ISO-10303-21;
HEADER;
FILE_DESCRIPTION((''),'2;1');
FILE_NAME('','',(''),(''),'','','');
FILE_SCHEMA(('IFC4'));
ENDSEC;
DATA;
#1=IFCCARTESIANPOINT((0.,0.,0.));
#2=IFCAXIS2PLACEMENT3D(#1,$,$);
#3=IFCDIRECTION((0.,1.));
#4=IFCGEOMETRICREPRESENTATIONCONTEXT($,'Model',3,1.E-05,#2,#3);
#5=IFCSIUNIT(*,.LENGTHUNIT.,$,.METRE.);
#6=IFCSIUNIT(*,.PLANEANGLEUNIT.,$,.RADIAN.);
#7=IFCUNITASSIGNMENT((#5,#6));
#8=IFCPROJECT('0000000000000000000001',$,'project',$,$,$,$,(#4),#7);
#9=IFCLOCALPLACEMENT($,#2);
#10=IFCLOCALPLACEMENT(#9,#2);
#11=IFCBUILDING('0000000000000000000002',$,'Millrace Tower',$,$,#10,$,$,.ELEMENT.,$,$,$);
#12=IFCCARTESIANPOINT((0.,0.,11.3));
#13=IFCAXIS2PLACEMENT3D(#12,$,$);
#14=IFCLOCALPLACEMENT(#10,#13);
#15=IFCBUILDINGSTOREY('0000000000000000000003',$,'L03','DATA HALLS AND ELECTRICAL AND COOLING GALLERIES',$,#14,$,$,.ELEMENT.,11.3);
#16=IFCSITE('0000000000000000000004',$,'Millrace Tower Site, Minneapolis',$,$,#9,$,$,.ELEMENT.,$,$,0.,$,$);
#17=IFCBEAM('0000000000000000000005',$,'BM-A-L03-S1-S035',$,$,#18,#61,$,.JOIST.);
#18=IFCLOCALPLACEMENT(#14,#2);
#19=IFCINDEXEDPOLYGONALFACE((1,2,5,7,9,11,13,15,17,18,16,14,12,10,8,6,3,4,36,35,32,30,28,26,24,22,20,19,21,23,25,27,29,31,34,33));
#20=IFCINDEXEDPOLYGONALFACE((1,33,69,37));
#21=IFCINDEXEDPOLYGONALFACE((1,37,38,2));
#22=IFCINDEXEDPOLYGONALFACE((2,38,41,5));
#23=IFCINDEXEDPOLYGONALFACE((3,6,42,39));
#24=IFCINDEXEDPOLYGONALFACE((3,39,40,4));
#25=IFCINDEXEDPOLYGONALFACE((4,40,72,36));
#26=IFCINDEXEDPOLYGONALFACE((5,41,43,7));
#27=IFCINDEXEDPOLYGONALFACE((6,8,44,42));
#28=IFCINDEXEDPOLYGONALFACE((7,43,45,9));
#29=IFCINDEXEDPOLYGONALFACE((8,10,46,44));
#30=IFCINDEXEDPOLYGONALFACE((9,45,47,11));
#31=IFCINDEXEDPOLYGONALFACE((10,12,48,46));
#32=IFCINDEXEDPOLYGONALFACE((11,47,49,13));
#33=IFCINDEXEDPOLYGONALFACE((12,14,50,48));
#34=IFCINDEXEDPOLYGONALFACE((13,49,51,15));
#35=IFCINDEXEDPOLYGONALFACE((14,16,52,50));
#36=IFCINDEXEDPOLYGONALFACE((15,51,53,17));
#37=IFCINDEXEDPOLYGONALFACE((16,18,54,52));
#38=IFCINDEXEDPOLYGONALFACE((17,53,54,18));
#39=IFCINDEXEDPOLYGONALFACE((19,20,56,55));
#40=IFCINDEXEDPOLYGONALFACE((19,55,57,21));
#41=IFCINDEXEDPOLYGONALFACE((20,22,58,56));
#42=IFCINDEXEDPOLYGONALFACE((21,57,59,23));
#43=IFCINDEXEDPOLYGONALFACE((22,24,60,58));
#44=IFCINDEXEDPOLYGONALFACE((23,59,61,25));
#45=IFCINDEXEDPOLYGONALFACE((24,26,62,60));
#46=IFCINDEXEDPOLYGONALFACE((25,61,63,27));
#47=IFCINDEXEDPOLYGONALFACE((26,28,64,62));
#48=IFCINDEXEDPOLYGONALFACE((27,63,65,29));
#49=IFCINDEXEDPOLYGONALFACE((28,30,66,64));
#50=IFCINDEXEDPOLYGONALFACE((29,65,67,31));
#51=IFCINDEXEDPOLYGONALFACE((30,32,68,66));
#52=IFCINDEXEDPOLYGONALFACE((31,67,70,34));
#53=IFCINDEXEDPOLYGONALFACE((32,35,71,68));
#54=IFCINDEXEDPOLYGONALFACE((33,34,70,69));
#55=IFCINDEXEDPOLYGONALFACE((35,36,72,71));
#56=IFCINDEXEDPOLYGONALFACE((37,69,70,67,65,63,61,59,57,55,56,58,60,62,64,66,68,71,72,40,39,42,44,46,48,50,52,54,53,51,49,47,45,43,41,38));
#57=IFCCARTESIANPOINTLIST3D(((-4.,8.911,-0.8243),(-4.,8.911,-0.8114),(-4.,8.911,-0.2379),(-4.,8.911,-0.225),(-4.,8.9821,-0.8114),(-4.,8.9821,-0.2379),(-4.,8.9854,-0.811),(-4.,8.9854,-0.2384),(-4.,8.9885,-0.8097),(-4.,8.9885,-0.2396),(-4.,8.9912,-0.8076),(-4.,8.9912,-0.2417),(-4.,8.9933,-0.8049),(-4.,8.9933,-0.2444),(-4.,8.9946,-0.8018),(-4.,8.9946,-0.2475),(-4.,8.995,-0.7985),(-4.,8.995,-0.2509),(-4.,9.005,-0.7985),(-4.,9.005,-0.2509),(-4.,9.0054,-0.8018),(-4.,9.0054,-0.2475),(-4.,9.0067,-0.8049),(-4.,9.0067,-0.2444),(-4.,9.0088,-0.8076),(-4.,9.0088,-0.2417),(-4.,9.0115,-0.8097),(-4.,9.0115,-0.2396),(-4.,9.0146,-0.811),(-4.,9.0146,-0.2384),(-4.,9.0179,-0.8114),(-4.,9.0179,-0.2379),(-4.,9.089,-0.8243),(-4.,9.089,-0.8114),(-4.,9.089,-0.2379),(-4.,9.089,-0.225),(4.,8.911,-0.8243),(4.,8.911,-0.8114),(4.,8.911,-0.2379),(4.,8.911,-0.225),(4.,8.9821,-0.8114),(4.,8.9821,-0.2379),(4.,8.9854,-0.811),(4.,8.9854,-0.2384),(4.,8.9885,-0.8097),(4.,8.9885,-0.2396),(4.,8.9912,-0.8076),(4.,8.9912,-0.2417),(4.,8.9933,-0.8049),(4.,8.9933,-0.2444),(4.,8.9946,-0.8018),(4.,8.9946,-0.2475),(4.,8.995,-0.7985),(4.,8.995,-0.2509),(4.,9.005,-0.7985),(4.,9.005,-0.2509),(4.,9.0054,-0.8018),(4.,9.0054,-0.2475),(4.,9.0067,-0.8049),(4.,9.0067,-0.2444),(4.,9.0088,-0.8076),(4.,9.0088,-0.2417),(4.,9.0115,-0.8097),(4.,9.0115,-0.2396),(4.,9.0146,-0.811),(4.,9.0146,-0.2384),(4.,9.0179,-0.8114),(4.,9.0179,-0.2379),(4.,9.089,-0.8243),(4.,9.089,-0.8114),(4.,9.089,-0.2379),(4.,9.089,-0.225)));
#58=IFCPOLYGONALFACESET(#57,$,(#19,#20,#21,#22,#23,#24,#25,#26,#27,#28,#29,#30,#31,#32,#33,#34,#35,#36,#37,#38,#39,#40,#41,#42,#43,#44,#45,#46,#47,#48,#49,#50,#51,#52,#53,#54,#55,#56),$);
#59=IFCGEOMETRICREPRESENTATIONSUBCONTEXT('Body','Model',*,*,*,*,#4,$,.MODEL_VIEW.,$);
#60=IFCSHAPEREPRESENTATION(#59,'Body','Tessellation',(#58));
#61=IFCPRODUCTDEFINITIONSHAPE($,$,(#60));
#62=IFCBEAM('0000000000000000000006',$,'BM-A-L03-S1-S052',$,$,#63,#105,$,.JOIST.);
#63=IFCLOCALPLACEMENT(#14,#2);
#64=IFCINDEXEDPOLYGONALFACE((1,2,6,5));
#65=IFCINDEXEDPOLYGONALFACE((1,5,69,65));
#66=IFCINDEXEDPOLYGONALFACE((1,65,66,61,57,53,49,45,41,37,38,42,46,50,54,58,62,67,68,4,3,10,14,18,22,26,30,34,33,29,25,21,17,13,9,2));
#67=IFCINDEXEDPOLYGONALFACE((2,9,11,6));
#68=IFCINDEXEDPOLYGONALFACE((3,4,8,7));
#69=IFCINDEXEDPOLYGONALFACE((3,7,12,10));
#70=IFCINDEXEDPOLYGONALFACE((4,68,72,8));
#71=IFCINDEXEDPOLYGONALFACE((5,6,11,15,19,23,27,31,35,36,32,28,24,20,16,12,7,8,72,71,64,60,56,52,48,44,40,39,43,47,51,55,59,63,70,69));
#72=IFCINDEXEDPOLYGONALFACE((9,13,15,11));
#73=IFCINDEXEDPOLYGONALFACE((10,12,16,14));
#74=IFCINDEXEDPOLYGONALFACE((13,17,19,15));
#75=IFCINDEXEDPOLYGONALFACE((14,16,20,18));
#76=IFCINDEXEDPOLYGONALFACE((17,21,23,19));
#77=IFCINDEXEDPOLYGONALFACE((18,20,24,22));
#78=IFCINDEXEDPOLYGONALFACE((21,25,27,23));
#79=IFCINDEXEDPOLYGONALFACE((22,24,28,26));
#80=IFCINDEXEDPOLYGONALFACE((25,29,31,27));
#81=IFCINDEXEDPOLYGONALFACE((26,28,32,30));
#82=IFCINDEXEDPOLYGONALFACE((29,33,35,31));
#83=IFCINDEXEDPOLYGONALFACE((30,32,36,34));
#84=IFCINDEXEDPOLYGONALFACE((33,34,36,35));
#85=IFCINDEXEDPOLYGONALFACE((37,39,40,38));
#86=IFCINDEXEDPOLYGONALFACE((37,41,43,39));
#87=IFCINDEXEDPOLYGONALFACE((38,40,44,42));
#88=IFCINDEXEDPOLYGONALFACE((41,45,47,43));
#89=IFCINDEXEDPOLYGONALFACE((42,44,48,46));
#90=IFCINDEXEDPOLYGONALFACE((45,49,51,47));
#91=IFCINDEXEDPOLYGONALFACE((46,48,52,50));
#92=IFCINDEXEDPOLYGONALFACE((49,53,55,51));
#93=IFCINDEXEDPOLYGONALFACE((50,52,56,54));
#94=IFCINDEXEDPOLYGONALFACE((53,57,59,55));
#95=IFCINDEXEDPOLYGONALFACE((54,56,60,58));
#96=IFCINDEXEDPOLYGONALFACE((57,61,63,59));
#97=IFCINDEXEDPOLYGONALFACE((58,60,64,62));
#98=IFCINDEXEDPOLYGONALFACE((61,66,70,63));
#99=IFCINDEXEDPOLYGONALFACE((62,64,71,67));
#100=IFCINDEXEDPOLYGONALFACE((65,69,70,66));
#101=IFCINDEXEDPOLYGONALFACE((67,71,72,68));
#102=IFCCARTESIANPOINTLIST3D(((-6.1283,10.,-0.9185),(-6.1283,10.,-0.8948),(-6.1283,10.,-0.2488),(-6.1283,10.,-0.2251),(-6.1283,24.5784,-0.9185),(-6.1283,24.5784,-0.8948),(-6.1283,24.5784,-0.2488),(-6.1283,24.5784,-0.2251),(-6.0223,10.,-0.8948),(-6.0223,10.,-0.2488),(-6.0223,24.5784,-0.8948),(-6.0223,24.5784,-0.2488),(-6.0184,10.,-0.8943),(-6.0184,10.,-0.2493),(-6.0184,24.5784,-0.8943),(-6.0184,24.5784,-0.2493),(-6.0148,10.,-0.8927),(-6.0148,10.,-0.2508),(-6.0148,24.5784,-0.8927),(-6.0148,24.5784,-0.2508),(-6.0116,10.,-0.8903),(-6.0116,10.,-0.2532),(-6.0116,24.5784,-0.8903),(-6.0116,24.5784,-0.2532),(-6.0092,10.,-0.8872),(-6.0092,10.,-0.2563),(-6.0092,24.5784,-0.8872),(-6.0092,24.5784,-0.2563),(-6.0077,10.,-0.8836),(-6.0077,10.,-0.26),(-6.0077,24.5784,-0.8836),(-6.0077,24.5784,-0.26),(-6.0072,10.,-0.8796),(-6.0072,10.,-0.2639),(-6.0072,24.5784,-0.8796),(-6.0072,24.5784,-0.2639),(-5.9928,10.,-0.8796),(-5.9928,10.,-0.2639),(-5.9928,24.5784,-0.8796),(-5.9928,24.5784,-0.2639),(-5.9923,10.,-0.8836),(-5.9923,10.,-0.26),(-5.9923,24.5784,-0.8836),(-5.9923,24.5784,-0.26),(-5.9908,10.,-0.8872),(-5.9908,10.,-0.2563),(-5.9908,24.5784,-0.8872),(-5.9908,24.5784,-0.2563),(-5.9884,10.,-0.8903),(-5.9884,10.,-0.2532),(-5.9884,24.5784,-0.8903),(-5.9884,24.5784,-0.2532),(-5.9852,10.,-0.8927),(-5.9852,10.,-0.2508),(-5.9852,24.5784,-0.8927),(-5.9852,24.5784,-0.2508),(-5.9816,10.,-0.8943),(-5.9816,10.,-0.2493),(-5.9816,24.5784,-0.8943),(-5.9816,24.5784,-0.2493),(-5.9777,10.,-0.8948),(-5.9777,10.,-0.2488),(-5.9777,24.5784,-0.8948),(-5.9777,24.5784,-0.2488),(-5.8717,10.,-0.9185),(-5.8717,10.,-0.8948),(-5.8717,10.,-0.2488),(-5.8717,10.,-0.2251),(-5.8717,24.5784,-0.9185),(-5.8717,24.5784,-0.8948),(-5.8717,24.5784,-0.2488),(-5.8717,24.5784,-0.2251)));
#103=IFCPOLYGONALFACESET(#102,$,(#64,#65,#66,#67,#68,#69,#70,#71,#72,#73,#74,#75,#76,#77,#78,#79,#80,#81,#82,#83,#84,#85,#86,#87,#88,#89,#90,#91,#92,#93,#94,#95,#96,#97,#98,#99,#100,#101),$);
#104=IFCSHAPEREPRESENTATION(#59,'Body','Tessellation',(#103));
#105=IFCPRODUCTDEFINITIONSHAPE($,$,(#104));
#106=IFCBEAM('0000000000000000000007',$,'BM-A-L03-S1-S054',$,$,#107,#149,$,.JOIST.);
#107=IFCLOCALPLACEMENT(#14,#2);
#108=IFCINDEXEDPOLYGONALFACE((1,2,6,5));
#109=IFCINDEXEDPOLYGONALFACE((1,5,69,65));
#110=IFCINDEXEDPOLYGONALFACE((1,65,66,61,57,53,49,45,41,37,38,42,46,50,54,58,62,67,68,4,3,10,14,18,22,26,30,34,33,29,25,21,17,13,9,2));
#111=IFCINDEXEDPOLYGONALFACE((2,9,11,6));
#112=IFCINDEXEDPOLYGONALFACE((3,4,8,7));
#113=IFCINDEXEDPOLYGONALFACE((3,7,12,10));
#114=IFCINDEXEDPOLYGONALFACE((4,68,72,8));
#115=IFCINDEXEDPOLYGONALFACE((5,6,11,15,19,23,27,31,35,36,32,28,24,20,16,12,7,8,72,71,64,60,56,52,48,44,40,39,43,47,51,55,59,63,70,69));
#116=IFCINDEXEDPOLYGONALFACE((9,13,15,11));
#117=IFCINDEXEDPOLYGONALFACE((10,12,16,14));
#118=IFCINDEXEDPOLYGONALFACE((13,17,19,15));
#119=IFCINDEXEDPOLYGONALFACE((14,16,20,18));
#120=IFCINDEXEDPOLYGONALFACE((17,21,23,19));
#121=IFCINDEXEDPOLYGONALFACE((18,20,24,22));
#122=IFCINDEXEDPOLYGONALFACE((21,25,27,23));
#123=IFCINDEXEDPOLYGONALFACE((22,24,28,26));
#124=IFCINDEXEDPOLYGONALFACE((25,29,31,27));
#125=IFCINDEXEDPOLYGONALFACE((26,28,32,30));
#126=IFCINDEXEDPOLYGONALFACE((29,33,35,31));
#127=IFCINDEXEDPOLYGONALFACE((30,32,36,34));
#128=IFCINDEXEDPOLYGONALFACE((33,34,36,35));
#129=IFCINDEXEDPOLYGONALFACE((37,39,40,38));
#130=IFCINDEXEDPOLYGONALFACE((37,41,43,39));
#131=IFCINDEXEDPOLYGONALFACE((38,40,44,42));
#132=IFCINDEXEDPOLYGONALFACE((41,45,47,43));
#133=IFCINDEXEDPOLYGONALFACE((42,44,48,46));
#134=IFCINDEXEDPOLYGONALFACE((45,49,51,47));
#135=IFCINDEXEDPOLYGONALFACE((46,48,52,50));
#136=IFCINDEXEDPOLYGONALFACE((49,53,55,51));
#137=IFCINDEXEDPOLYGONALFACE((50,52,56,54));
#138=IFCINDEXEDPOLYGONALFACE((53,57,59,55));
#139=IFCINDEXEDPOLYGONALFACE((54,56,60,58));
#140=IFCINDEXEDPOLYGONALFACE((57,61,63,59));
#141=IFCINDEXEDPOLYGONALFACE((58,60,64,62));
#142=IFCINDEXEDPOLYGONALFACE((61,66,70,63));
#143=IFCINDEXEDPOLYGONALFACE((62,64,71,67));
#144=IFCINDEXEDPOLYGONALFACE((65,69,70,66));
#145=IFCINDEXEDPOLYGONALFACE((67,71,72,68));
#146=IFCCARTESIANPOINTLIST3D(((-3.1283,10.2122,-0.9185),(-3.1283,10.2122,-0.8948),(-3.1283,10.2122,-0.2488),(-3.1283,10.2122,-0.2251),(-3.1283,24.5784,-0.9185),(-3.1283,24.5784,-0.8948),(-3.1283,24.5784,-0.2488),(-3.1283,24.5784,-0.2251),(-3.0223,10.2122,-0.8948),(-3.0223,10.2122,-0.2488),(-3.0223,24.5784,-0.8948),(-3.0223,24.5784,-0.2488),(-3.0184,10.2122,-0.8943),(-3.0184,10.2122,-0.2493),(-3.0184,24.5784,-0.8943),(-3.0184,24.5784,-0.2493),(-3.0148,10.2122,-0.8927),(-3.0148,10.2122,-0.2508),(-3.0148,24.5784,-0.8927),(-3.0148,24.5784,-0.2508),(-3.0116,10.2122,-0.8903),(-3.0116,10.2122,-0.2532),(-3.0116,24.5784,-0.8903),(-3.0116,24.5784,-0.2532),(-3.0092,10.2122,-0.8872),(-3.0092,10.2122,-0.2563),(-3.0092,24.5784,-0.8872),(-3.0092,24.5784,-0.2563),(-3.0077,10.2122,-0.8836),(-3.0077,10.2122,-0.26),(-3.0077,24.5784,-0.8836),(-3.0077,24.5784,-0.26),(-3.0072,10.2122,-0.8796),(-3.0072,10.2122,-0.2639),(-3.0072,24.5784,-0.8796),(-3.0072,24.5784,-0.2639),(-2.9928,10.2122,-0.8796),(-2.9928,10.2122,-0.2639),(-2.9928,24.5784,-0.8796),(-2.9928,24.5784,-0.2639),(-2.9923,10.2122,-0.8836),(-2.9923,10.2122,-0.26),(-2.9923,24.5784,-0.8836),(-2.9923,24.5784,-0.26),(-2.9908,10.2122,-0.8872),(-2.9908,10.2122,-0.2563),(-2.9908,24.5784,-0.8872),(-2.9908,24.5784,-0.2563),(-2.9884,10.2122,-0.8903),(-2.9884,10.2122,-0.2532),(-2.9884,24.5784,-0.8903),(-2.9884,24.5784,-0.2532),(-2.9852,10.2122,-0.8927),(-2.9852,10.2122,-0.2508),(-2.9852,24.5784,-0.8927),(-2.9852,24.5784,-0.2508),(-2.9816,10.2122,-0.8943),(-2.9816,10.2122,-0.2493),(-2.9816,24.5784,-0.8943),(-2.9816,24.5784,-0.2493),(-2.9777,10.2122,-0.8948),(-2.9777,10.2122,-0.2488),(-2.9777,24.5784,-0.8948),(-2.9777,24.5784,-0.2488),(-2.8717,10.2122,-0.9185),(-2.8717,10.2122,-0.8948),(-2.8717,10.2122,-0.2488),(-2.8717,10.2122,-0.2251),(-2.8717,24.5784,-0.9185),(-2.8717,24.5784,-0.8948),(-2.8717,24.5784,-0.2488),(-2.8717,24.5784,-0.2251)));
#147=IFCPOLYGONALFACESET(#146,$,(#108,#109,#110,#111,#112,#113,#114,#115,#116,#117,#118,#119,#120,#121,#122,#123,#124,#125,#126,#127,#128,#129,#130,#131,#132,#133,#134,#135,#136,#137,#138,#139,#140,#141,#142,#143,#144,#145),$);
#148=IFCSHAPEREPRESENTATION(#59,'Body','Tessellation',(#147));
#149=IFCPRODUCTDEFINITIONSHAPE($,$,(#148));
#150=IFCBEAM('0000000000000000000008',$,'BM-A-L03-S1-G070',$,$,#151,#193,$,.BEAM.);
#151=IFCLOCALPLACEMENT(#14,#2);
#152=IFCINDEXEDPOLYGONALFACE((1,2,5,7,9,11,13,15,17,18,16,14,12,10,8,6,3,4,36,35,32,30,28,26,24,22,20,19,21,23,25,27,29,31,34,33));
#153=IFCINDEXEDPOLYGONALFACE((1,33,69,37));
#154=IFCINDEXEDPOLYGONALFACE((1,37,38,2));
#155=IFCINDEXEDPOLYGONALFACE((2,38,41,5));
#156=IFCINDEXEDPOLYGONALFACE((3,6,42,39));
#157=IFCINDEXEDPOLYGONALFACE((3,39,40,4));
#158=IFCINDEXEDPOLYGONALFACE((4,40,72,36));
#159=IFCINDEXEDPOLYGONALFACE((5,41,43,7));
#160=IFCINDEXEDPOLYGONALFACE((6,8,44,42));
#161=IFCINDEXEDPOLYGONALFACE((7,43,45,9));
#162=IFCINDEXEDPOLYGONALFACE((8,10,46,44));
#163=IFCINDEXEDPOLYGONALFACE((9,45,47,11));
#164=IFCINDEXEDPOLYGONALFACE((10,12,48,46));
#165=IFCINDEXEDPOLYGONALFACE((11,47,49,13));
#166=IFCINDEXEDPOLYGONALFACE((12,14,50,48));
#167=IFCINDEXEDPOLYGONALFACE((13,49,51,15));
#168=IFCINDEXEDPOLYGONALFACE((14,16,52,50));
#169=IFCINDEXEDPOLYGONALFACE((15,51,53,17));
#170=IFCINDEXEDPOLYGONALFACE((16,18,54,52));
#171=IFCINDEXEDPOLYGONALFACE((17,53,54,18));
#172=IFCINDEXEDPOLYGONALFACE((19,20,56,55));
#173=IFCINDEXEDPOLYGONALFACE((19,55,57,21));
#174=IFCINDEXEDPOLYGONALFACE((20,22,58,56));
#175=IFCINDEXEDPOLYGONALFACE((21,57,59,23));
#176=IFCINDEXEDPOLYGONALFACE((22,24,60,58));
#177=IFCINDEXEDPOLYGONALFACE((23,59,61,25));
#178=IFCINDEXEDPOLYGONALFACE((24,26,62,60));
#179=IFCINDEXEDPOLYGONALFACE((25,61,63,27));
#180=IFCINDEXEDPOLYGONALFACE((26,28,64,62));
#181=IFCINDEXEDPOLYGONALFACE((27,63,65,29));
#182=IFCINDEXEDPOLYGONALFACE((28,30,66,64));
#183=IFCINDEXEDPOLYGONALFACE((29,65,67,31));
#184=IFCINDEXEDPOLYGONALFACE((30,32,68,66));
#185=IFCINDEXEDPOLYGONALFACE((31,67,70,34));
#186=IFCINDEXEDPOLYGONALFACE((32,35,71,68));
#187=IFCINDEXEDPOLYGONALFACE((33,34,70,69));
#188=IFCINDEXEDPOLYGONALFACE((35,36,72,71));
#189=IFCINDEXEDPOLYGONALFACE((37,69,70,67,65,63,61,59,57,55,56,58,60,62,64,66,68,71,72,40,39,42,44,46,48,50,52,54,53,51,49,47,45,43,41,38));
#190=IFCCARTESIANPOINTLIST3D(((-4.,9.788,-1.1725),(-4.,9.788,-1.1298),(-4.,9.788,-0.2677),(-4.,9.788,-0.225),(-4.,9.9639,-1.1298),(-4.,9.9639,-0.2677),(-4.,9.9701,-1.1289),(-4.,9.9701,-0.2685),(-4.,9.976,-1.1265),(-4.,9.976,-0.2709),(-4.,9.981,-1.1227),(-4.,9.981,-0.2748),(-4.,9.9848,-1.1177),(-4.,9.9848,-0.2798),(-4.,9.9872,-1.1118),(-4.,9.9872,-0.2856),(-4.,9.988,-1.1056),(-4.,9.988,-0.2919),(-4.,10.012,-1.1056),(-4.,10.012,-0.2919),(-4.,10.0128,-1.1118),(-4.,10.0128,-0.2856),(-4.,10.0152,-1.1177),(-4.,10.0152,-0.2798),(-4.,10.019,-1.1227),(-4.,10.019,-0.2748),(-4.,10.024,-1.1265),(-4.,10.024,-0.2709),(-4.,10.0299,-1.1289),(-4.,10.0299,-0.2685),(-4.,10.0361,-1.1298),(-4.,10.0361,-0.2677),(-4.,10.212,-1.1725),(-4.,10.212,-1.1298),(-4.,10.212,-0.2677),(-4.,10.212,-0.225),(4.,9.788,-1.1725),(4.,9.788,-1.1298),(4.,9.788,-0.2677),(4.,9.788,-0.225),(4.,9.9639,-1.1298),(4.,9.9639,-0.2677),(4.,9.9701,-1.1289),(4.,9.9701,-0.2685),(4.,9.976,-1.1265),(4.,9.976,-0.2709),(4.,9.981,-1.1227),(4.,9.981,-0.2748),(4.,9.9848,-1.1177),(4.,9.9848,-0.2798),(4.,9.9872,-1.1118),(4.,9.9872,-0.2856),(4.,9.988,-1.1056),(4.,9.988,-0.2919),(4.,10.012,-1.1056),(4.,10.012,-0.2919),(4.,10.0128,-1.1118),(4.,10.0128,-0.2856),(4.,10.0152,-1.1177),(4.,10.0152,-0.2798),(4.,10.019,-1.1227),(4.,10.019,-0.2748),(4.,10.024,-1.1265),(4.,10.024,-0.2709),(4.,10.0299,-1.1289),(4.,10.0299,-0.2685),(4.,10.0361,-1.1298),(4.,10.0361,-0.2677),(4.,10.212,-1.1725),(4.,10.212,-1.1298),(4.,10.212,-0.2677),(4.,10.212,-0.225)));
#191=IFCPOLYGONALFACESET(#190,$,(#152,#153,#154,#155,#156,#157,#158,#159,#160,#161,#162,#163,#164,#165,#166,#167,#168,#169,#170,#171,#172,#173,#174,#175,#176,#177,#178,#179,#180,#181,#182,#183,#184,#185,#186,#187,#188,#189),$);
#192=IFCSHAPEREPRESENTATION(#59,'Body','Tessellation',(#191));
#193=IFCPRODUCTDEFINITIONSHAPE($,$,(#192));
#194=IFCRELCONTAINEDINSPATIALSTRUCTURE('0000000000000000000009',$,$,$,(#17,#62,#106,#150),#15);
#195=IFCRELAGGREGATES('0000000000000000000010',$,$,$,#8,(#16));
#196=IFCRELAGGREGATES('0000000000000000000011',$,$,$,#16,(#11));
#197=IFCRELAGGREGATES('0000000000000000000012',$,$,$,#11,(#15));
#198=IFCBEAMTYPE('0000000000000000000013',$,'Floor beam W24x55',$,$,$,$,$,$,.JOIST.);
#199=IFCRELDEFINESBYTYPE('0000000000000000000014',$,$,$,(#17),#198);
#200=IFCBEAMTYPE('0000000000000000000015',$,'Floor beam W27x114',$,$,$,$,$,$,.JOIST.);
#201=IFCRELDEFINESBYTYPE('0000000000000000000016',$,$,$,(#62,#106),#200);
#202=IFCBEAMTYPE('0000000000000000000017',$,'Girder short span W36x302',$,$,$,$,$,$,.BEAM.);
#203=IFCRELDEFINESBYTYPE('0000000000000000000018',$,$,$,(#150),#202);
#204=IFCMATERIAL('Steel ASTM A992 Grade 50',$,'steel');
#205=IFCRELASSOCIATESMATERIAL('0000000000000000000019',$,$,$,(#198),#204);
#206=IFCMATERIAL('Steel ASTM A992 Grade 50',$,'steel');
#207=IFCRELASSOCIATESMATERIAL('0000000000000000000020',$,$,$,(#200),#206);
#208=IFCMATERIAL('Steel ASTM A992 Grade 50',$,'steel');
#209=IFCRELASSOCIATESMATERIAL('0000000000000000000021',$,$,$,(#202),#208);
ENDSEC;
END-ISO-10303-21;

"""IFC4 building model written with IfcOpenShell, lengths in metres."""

from ifc_helpers import new_model, si_unit, direction, frame, origin, origin_2d, place, context, subcontext, project, spatial, i_section, extrude, material, material_profile, profile_set, type_object, element, save


model = new_model("IFC4")

# Units and contexts
model_context = context("Model", 3, precision=1e-05, world=origin(), true_north=direction((0.0, 1.0)))
body_context = subcontext(model_context, "Body", "Model", "MODEL_VIEW")
ifc_project = project(units=[si_unit("LENGTHUNIT", "METRE"), si_unit("PLANEANGLEUNIT", "RADIAN")], contexts=[model_context])

# Site, building, storey
site_placement = place(None, origin())
site = spatial("IfcSite", under=ifc_project, at=site_placement, Name="Millrace Tower Site, Minneapolis", CompositionType="ELEMENT", RefElevation=0.0)
building_placement = place(site_placement, origin())
building = spatial("IfcBuilding", under=site, at=building_placement, Name="Millrace Tower", CompositionType="ELEMENT")
storey_placement = place(building_placement, frame((0.0, 0.0, 11.3)))
storey = spatial("IfcBuildingStorey", under=building, at=storey_placement, Name="L03", Description="DATA HALLS AND ELECTRICAL AND COOLING GALLERIES", CompositionType="ELEMENT", Elevation=11.3)

# Beams
ifc_material_1 = material(Name="Steel ASTM A992 Grade 50", Category="steel")
ifc_material_profile_1 = material_profile(ifc_material_1, i_section(OverallWidth=0.178, OverallDepth=0.5994, WebThickness=0.01, FlangeThickness=0.0129, FilletRadius=0.0129, at=origin_2d()))
ifc_profile_set_1 = profile_set([ifc_material_profile_1], Name="Steel ASTM A992 Grade 50")
beam_type_1 = type_object("IfcBeamType", Name="Floor beam W24x55", PredefinedType="JOIST", material=ifc_profile_set_1)
for number, where, z_axis, x_axis, name in (
    (1, (-4.0, 9.0, -0.5247), (1.0, 0.0, 0.0), (0.0, 1.0, 0.0), "BM-A-L03-S1-S035"),
):
    element("IfcBeam", number, at=place(storey_placement, frame(where, z_axis=z_axis, x_axis=x_axis)), inside=storey, type_object=beam_type_1, Name=name, PredefinedType="JOIST", context=body_context, shape_type="SweptSolid", body=[
        extrude(i_section(OverallWidth=0.178, OverallDepth=0.5994, WebThickness=0.01, FlangeThickness=0.0129, FilletRadius=0.0129, at=origin_2d()), origin(), (0.0, 0.0, 1.0), 8.0),
    ])
ifc_material_2 = material(Name="Steel ASTM A992 Grade 50", Category="steel")
ifc_material_profile_2 = material_profile(ifc_material_2, i_section(OverallWidth=0.2566, OverallDepth=0.6934, WebThickness=0.0144, FlangeThickness=0.0237, FilletRadius=0.0151, at=origin_2d()))
ifc_profile_set_2 = profile_set([ifc_material_profile_2], Name="Steel ASTM A992 Grade 50")
beam_type_2 = type_object("IfcBeamType", Name="Floor beam W27x114", PredefinedType="JOIST", material=ifc_profile_set_2)
beam_1_placement = place(storey_placement, frame((-6.0, 10.0, -0.5718), z_axis=(0.0, 1.0, 0.0), x_axis=(-1.0, 0.0, 0.0)))
element("IfcBeam", 2, at=beam_1_placement, inside=storey, type_object=beam_type_2, Name="BM-A-L03-S1-S052", PredefinedType="JOIST", context=body_context, shape_type="SweptSolid", body=[
    extrude(i_section(OverallWidth=0.2566, OverallDepth=0.6934, WebThickness=0.0144, FlangeThickness=0.0237, FilletRadius=0.0151, at=origin_2d()), origin(), (0.0, 0.0, 1.0), 14.5784),
])
beam_2_placement = place(storey_placement, frame((-3.0, 10.2122, -0.5718), z_axis=(0.0, 1.0, 0.0), x_axis=(-1.0, 0.0, 0.0)))
element("IfcBeam", 3, at=beam_2_placement, inside=storey, type_object=beam_type_2, Name="BM-A-L03-S1-S054", PredefinedType="JOIST", context=body_context, shape_type="SweptSolid", body=[
    extrude(i_section(OverallWidth=0.2566, OverallDepth=0.6934, WebThickness=0.0144, FlangeThickness=0.0237, FilletRadius=0.0151, at=origin_2d()), origin(), (0.0, 0.0, 1.0), 14.3662),
])
ifc_material_3 = material(Name="Steel ASTM A992 Grade 50", Category="steel")
ifc_material_profile_3 = material_profile(ifc_material_3, i_section(OverallWidth=0.4241, OverallDepth=0.9475, WebThickness=0.0239, FlangeThickness=0.0427, FilletRadius=0.0242, at=origin_2d()))
ifc_profile_set_3 = profile_set([ifc_material_profile_3], Name="Steel ASTM A992 Grade 50")
beam_type_3 = type_object("IfcBeamType", Name="Girder short span W36x302", PredefinedType="BEAM", material=ifc_profile_set_3)
beam_3_placement = place(storey_placement, frame((-4.0, 10.0, -0.6987), z_axis=(1.0, 0.0, 0.0), x_axis=(0.0, 1.0, 0.0)))
element("IfcBeam", 4, at=beam_3_placement, inside=storey, type_object=beam_type_3, Name="BM-A-L03-S1-G070", PredefinedType="BEAM", context=body_context, shape_type="SweptSolid", body=[
    extrude(i_section(OverallWidth=0.4241, OverallDepth=0.9475, WebThickness=0.0239, FlangeThickness=0.0427, FilletRadius=0.0242, at=origin_2d()), origin(), (0.0, 0.0, 1.0), 8.0),
])

save(model, "model.ifc")
